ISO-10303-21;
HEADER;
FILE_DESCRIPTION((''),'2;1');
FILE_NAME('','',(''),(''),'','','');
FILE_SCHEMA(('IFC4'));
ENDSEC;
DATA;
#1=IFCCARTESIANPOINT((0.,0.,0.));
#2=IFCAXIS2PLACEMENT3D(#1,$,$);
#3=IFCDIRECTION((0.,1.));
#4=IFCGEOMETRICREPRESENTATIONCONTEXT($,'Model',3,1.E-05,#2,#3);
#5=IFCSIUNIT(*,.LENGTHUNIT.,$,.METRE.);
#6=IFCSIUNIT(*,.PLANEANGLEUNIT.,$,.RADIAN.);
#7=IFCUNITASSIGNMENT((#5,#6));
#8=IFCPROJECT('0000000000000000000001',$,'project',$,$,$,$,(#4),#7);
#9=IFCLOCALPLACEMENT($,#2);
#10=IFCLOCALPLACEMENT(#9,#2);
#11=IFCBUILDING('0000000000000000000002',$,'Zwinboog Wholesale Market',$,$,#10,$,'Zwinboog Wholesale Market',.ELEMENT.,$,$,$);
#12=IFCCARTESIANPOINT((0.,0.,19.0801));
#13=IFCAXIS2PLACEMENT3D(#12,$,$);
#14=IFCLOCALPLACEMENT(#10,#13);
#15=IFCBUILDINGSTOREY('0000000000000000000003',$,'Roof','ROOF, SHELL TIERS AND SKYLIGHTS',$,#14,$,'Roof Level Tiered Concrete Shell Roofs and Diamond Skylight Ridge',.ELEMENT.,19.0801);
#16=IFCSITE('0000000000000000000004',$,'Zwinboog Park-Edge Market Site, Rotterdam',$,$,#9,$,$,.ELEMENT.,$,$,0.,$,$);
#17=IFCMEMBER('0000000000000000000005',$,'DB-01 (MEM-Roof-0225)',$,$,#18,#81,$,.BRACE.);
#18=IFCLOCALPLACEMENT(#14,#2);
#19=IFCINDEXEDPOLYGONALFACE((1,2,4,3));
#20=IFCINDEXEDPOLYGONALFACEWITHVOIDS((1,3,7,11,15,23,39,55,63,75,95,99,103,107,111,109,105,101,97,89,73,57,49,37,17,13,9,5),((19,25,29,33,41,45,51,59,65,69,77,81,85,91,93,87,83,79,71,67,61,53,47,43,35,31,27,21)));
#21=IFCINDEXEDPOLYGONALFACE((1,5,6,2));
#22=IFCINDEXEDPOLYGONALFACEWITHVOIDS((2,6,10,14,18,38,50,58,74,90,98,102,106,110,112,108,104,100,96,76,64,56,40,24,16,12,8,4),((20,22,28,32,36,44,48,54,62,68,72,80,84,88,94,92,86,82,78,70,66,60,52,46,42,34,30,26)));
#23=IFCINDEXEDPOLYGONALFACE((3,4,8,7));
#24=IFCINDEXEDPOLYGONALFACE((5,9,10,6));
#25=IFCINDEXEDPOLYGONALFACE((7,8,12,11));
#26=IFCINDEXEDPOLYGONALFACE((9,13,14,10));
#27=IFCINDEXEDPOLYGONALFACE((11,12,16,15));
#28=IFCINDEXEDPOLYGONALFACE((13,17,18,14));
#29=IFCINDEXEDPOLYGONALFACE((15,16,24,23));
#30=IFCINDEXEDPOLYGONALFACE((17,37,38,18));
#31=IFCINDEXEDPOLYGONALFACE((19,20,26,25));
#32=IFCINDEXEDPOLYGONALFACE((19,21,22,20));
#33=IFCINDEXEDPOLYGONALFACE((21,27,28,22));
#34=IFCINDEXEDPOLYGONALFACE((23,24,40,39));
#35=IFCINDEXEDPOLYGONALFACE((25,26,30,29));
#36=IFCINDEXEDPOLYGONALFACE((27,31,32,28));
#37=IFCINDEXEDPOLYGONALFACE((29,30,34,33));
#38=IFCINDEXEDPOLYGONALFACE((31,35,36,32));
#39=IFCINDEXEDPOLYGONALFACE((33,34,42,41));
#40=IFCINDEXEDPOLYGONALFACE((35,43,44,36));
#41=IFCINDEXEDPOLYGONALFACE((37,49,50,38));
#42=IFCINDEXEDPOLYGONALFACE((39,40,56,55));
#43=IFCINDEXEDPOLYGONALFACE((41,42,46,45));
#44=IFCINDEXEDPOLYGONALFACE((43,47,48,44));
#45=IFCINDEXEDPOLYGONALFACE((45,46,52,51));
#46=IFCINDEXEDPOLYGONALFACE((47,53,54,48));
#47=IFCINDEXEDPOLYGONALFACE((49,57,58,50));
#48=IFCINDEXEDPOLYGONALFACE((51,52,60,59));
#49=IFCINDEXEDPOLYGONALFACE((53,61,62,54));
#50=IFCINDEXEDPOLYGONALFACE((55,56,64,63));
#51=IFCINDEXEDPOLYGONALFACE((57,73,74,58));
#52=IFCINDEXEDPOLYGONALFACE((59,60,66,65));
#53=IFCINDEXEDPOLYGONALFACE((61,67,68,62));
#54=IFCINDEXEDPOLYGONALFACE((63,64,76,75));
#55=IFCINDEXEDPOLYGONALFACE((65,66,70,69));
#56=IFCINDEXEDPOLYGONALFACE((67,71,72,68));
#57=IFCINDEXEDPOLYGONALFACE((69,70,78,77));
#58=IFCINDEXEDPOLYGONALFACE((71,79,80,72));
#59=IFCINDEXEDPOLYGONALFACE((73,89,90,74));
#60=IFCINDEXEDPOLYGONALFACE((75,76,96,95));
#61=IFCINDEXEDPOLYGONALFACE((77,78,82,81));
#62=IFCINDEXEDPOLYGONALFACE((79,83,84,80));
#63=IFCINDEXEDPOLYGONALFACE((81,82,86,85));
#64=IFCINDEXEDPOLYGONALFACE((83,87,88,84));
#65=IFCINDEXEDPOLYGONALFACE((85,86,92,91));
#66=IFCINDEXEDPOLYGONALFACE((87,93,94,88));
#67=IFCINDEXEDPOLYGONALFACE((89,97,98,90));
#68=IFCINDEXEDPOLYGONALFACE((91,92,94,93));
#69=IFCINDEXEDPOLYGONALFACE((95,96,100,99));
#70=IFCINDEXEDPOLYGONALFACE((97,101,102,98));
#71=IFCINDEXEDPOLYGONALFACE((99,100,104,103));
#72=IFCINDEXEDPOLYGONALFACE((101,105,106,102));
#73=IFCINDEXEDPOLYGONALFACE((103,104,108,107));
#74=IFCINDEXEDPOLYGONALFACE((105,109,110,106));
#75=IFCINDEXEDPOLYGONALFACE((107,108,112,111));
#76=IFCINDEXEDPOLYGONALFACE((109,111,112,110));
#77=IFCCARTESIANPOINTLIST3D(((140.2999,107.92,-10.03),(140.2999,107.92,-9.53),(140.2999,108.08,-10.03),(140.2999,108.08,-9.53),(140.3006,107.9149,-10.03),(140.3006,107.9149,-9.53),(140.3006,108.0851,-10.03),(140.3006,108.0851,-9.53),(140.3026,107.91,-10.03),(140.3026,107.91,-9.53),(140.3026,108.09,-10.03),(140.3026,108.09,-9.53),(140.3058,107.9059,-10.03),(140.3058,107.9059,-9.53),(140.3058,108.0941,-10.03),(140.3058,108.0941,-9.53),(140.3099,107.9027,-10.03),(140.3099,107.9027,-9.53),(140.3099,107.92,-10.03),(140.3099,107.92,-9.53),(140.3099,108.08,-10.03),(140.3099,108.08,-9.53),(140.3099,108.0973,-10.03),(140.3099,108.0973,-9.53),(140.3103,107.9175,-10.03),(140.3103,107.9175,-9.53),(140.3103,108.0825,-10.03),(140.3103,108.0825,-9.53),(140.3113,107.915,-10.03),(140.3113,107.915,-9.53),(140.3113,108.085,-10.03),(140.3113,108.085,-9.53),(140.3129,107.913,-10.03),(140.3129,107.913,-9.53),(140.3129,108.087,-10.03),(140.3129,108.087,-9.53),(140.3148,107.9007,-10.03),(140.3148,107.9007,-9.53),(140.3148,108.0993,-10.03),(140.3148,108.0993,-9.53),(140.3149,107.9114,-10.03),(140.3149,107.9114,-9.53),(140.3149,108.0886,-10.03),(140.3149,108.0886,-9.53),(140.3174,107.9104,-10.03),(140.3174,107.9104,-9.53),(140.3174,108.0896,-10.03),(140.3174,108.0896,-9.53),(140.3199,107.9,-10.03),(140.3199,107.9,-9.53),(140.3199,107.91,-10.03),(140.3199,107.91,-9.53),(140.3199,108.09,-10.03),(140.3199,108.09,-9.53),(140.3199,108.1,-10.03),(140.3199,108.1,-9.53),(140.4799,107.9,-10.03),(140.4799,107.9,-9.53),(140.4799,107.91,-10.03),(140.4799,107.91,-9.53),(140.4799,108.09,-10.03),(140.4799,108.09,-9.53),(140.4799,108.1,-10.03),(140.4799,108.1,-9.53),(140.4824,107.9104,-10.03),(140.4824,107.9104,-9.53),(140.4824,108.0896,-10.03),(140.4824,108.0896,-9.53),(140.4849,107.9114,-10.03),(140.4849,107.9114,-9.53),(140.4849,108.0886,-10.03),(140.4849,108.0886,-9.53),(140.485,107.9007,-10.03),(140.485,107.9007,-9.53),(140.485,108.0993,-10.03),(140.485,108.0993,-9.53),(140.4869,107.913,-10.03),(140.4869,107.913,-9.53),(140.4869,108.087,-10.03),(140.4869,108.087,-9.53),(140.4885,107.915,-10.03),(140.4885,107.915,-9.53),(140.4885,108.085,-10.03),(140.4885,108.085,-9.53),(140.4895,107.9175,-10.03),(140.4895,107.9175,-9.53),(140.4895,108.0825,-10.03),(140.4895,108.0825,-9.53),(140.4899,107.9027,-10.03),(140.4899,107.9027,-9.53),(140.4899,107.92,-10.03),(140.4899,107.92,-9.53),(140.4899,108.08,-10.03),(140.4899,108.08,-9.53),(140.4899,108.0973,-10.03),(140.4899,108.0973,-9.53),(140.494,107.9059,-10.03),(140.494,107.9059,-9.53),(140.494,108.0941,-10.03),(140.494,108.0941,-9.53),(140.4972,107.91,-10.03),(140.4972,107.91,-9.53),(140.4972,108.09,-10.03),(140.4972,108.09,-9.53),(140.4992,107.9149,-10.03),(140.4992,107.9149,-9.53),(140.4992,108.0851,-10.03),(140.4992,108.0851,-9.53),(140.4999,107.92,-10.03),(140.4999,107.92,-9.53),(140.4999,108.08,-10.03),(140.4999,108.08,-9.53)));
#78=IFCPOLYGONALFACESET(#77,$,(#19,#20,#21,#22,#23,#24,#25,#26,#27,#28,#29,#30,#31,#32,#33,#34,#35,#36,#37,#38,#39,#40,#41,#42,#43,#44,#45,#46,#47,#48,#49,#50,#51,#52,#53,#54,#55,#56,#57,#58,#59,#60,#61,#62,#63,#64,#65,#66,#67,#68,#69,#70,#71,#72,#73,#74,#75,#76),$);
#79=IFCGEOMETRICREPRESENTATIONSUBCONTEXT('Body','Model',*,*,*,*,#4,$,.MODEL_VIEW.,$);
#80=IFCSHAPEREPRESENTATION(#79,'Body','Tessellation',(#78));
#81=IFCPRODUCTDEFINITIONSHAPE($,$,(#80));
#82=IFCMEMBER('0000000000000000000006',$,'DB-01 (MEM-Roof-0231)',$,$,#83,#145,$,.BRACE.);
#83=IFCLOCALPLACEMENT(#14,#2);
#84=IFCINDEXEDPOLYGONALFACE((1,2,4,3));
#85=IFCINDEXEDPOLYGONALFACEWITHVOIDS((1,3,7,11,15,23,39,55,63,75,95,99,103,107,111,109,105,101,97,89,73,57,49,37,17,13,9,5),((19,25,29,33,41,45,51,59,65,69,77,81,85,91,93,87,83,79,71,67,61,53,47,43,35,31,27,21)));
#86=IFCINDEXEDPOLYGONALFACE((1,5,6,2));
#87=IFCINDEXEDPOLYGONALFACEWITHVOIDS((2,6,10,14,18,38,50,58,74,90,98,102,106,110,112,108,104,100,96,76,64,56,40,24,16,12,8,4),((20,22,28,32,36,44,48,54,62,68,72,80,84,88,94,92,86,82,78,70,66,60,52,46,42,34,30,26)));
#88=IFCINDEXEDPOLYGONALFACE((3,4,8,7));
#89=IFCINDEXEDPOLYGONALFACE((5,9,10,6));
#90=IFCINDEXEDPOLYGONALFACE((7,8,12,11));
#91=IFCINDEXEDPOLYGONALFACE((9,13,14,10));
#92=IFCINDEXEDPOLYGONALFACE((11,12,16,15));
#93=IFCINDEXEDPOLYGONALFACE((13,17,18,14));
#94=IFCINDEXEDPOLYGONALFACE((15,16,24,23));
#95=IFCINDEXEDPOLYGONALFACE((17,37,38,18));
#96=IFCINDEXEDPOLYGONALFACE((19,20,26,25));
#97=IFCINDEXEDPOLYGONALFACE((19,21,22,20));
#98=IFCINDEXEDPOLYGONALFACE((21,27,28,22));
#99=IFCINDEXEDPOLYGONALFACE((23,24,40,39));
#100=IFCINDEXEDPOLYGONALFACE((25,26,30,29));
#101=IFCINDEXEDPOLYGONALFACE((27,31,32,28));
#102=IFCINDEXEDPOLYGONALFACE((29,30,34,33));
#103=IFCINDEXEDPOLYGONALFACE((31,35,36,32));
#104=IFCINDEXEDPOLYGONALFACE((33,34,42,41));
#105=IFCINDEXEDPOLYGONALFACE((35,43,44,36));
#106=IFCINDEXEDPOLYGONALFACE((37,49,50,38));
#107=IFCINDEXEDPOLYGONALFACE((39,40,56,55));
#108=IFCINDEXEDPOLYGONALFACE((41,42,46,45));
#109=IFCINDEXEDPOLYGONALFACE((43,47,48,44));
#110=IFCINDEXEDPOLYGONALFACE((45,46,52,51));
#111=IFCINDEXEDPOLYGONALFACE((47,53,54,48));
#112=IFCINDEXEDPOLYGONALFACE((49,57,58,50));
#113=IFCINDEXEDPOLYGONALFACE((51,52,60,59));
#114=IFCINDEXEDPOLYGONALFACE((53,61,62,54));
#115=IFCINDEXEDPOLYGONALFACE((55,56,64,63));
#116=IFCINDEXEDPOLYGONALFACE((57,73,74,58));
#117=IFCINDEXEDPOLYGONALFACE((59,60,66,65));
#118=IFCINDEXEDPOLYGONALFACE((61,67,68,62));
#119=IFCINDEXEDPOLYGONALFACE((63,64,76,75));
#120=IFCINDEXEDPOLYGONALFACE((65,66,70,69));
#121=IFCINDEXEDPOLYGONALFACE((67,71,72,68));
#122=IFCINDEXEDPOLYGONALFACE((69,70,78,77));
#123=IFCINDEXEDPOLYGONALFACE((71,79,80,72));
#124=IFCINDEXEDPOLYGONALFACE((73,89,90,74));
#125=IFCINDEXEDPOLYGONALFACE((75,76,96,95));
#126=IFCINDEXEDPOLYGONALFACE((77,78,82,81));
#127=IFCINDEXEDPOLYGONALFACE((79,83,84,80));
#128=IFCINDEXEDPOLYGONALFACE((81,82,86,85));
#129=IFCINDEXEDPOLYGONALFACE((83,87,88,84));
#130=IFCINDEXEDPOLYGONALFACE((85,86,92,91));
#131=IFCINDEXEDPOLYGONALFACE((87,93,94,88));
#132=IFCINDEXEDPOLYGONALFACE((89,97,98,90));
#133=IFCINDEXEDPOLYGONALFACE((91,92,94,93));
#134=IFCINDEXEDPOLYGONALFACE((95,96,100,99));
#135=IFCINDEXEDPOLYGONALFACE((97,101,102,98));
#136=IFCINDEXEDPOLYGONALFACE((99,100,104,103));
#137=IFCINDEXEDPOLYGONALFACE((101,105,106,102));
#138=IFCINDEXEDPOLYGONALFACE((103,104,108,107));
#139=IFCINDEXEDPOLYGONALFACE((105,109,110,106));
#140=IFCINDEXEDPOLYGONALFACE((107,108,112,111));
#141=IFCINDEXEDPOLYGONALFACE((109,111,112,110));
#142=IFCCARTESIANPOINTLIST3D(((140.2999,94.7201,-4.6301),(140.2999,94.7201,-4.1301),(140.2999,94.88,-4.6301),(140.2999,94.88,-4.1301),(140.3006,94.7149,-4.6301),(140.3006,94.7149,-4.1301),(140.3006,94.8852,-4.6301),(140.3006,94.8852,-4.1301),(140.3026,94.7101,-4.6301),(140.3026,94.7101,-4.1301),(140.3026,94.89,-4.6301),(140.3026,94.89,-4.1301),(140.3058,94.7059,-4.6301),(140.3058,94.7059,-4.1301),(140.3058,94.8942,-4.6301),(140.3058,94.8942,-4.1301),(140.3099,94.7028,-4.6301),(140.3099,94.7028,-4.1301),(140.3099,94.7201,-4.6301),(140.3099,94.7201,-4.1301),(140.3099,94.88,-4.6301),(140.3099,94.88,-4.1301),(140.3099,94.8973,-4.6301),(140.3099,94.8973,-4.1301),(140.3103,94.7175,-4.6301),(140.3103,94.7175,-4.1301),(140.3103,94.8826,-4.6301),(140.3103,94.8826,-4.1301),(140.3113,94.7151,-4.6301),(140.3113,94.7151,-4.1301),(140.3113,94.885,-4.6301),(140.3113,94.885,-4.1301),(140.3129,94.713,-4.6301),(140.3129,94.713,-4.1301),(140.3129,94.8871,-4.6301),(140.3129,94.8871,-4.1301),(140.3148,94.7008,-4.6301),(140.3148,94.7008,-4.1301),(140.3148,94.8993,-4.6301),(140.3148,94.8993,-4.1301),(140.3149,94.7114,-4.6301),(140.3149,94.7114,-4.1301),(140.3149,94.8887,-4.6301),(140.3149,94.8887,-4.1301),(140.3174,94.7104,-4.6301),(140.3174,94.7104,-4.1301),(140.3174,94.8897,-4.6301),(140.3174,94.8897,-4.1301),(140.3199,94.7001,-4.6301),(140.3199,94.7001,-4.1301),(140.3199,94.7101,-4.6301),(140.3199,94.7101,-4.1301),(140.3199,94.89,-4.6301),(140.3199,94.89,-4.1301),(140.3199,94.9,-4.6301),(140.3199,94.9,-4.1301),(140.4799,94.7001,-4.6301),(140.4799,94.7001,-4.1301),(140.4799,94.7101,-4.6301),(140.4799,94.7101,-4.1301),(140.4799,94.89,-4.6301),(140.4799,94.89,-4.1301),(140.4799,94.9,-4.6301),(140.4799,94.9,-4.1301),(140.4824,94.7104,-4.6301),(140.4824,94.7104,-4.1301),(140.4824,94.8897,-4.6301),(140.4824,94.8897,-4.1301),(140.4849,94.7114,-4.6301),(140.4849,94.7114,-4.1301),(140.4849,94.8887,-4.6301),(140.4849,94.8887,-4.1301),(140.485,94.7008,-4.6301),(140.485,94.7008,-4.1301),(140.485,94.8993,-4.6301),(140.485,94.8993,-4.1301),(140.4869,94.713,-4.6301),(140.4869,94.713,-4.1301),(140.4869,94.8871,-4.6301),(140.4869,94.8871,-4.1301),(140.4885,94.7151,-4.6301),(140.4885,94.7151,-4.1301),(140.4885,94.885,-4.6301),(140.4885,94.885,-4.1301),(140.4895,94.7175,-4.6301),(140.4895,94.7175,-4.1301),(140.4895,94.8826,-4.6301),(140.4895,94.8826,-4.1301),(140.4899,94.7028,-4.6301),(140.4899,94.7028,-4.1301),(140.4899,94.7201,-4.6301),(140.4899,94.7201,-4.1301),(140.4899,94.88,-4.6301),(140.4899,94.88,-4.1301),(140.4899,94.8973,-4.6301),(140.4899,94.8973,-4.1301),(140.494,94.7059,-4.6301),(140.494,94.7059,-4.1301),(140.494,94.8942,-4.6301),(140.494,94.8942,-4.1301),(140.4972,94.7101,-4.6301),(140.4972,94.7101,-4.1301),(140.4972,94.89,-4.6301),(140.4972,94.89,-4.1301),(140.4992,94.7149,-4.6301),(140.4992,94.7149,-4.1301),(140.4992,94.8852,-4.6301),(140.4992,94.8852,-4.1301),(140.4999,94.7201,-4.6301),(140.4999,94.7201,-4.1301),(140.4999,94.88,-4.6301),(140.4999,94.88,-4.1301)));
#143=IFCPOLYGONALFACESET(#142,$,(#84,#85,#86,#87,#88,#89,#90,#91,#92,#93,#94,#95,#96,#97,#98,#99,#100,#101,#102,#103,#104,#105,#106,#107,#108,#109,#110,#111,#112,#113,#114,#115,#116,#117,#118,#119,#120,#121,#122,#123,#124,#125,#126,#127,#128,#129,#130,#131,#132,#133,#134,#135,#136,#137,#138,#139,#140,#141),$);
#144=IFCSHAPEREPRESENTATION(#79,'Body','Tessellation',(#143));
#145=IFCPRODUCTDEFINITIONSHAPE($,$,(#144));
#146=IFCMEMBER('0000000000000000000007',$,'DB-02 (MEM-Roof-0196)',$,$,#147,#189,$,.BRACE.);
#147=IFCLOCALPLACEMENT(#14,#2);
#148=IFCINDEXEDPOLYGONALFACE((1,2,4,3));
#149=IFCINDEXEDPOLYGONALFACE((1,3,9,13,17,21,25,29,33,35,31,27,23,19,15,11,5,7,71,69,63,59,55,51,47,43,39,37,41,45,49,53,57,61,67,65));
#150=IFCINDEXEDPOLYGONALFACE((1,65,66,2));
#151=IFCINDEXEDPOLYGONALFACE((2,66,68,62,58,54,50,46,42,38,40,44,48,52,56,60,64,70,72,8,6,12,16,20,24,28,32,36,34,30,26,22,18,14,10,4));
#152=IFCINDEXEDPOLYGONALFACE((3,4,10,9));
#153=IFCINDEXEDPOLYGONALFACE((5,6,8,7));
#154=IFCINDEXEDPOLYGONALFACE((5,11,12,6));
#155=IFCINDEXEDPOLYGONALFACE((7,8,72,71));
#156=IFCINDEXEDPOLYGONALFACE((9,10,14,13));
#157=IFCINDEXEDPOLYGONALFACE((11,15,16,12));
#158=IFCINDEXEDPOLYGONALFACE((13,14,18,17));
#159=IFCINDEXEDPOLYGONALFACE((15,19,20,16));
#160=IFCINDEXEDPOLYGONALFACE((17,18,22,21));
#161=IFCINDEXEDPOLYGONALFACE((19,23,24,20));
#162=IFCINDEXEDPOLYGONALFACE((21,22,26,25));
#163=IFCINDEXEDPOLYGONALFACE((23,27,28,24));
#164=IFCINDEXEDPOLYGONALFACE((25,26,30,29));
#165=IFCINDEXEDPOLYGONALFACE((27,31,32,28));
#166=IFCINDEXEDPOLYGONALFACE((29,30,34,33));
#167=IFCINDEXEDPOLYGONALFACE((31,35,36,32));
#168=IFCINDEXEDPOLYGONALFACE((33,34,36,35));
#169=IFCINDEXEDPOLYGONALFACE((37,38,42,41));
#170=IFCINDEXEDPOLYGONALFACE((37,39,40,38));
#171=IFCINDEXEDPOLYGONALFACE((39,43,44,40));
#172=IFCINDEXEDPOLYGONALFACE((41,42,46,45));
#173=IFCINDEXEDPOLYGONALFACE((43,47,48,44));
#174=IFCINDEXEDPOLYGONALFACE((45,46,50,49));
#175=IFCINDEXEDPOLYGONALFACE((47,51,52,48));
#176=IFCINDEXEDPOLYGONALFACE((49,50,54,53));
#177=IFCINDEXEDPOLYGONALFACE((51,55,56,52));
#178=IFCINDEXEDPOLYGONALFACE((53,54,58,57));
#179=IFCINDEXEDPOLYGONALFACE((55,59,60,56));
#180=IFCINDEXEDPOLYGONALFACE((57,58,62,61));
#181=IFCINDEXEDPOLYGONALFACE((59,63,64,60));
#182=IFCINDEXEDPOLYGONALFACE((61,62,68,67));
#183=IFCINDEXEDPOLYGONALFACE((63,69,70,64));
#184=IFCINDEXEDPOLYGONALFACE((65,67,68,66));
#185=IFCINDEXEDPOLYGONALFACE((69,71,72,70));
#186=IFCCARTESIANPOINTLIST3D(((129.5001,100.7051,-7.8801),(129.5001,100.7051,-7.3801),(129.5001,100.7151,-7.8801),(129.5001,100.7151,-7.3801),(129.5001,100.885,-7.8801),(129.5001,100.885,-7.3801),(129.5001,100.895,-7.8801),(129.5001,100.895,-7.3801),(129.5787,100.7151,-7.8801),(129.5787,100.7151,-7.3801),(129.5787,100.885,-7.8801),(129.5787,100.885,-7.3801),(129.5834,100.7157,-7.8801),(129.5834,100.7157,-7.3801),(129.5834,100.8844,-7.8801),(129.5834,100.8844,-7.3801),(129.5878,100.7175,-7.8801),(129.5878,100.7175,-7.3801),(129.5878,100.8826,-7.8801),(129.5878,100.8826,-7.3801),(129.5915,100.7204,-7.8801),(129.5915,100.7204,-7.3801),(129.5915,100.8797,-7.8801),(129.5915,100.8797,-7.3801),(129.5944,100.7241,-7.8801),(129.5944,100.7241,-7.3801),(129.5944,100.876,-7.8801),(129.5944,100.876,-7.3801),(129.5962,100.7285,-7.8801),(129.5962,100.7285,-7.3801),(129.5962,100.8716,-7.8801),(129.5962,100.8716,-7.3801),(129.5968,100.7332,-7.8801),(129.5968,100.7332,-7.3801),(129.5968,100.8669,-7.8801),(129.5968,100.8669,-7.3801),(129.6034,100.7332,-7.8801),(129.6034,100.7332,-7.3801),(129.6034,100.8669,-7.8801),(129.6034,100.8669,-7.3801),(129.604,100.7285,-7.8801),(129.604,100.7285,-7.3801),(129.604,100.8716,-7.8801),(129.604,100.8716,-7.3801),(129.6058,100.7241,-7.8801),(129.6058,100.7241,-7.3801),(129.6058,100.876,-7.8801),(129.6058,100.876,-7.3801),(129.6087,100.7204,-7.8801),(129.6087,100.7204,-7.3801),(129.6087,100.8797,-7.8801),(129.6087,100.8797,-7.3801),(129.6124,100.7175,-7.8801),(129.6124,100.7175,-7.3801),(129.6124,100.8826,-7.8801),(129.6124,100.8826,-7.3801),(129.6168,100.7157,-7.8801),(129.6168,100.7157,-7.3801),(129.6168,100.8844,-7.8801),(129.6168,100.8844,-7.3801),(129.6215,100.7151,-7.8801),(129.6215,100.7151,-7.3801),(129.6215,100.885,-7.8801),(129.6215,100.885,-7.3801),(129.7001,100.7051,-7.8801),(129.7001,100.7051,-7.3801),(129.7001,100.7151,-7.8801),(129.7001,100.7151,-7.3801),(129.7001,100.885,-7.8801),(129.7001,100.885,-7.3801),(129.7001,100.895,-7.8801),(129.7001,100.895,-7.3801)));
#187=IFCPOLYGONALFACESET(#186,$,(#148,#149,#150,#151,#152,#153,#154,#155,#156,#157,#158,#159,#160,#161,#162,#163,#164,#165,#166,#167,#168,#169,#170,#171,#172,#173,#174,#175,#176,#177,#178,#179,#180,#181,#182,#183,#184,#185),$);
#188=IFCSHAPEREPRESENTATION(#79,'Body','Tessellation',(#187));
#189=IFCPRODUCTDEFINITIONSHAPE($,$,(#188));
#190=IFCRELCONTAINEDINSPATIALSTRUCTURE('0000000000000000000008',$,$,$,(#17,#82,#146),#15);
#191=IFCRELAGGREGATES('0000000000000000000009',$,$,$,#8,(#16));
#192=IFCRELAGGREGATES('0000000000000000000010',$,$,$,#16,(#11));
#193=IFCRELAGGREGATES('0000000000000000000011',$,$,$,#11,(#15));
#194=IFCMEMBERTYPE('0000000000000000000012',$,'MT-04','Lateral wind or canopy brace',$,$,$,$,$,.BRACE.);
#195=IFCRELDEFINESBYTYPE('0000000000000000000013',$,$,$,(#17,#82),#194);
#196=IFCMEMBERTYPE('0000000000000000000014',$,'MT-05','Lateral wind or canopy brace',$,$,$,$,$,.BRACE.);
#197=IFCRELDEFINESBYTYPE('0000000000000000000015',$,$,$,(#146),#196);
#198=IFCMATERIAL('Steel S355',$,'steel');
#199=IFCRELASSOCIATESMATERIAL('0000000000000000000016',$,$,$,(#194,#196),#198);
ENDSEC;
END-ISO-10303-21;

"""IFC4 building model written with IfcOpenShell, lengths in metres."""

from ifc_helpers import new_model, si_unit, direction, frame, origin, origin_2d, place, context, subcontext, project, spatial, hollow_rectangle, i_section, extrude, material, material_profile, profile_set, type_object, element, save


model = new_model("IFC4")

# Units and contexts
model_context = context("Model", 3, precision=1e-05, world=origin(), true_north=direction((0.0, 1.0)))
body_context = subcontext(model_context, "Body", "Model", "MODEL_VIEW")
ifc_project = project(units=[si_unit("LENGTHUNIT", "METRE"), si_unit("PLANEANGLEUNIT", "RADIAN")], contexts=[model_context])

# Site, building, storey
site_placement = place(None, origin())
site = spatial("IfcSite", under=ifc_project, at=site_placement, Name="Zwinboog Park-Edge Market Site, Rotterdam", CompositionType="ELEMENT", RefElevation=0.0)
building_placement = place(site_placement, origin())
building = spatial("IfcBuilding", under=site, at=building_placement, Name="Zwinboog Wholesale Market", LongName="Zwinboog Wholesale Market", CompositionType="ELEMENT")
storey_placement = place(building_placement, frame((0.0, 0.0, 19.0801)))
storey = spatial("IfcBuildingStorey", under=building, at=storey_placement, Name="Roof", Description="ROOF, SHELL TIERS AND SKYLIGHTS", LongName="Roof Level Tiered Concrete Shell Roofs and Diamond Skylight Ridge", CompositionType="ELEMENT", Elevation=19.0801)

# Members
ifc_material_1 = material(Name="Steel S355", Category="steel")
ifc_material_profile_1 = material_profile(ifc_material_1, hollow_rectangle(XDim=0.2, YDim=0.2, WallThickness=0.01, InnerFilletRadius=0.01, OuterFilletRadius=0.02, at=origin_2d()), Name="SHS 200x200x10")
ifc_profile_set_1 = profile_set([ifc_material_profile_1], Name="Steel S355")
member_type_1 = type_object("IfcMemberType", Name="MT-04", Description="Lateral wind or canopy brace", PredefinedType="BRACE", material=ifc_profile_set_1)
for number, where, z_axis, x_axis, name in (
    (1, (140.3999, 108.0, -10.03), (0.0, 0.0, 1.0), (1.0, 0.0, 0.0), "DB-01 (MEM-Roof-0225)"),
    (2, (140.3999, 94.8, -4.6301), (0.0, 0.0, 1.0), (1.0, 0.0, 0.0), "DB-01 (MEM-Roof-0231)"),
):
    element("IfcMember", number, at=place(storey_placement, frame(where, z_axis=z_axis, x_axis=x_axis)), inside=storey, type_object=member_type_1, Name=name, PredefinedType="BRACE", context=body_context, shape_type="SweptSolid", body=[
        extrude(hollow_rectangle(XDim=0.2, YDim=0.2, WallThickness=0.01, InnerFilletRadius=0.01, OuterFilletRadius=0.02, at=origin_2d()), origin(), (0.0, 0.0, 1.0), 0.5),
    ])
ifc_material_profile_2 = material_profile(ifc_material_1, i_section(OverallWidth=0.2, OverallDepth=0.1899, WebThickness=0.0066, FlangeThickness=0.01, FilletRadius=0.0181, at=origin_2d()), Name="HEA 200")
ifc_profile_set_2 = profile_set([ifc_material_profile_2], Name="Steel S355")
member_type_2 = type_object("IfcMemberType", Name="MT-05", Description="Lateral wind or canopy brace", PredefinedType="BRACE", material=ifc_profile_set_2)
for number, where, z_axis, x_axis, name in (
    (3, (129.6001, 100.8, -7.8801), (0.0, 0.0, 1.0), (1.0, 0.0, 0.0), "DB-02 (MEM-Roof-0196)"),
):
    element("IfcMember", number, at=place(storey_placement, frame(where, z_axis=z_axis, x_axis=x_axis)), inside=storey, type_object=member_type_2, Name=name, PredefinedType="BRACE", context=body_context, shape_type="SweptSolid", body=[
        extrude(i_section(OverallWidth=0.2, OverallDepth=0.1899, WebThickness=0.0066, FlangeThickness=0.01, FilletRadius=0.0181, at=origin_2d()), origin(), (0.0, 0.0, 1.0), 0.5),
    ])

save(model, "model.ifc")
